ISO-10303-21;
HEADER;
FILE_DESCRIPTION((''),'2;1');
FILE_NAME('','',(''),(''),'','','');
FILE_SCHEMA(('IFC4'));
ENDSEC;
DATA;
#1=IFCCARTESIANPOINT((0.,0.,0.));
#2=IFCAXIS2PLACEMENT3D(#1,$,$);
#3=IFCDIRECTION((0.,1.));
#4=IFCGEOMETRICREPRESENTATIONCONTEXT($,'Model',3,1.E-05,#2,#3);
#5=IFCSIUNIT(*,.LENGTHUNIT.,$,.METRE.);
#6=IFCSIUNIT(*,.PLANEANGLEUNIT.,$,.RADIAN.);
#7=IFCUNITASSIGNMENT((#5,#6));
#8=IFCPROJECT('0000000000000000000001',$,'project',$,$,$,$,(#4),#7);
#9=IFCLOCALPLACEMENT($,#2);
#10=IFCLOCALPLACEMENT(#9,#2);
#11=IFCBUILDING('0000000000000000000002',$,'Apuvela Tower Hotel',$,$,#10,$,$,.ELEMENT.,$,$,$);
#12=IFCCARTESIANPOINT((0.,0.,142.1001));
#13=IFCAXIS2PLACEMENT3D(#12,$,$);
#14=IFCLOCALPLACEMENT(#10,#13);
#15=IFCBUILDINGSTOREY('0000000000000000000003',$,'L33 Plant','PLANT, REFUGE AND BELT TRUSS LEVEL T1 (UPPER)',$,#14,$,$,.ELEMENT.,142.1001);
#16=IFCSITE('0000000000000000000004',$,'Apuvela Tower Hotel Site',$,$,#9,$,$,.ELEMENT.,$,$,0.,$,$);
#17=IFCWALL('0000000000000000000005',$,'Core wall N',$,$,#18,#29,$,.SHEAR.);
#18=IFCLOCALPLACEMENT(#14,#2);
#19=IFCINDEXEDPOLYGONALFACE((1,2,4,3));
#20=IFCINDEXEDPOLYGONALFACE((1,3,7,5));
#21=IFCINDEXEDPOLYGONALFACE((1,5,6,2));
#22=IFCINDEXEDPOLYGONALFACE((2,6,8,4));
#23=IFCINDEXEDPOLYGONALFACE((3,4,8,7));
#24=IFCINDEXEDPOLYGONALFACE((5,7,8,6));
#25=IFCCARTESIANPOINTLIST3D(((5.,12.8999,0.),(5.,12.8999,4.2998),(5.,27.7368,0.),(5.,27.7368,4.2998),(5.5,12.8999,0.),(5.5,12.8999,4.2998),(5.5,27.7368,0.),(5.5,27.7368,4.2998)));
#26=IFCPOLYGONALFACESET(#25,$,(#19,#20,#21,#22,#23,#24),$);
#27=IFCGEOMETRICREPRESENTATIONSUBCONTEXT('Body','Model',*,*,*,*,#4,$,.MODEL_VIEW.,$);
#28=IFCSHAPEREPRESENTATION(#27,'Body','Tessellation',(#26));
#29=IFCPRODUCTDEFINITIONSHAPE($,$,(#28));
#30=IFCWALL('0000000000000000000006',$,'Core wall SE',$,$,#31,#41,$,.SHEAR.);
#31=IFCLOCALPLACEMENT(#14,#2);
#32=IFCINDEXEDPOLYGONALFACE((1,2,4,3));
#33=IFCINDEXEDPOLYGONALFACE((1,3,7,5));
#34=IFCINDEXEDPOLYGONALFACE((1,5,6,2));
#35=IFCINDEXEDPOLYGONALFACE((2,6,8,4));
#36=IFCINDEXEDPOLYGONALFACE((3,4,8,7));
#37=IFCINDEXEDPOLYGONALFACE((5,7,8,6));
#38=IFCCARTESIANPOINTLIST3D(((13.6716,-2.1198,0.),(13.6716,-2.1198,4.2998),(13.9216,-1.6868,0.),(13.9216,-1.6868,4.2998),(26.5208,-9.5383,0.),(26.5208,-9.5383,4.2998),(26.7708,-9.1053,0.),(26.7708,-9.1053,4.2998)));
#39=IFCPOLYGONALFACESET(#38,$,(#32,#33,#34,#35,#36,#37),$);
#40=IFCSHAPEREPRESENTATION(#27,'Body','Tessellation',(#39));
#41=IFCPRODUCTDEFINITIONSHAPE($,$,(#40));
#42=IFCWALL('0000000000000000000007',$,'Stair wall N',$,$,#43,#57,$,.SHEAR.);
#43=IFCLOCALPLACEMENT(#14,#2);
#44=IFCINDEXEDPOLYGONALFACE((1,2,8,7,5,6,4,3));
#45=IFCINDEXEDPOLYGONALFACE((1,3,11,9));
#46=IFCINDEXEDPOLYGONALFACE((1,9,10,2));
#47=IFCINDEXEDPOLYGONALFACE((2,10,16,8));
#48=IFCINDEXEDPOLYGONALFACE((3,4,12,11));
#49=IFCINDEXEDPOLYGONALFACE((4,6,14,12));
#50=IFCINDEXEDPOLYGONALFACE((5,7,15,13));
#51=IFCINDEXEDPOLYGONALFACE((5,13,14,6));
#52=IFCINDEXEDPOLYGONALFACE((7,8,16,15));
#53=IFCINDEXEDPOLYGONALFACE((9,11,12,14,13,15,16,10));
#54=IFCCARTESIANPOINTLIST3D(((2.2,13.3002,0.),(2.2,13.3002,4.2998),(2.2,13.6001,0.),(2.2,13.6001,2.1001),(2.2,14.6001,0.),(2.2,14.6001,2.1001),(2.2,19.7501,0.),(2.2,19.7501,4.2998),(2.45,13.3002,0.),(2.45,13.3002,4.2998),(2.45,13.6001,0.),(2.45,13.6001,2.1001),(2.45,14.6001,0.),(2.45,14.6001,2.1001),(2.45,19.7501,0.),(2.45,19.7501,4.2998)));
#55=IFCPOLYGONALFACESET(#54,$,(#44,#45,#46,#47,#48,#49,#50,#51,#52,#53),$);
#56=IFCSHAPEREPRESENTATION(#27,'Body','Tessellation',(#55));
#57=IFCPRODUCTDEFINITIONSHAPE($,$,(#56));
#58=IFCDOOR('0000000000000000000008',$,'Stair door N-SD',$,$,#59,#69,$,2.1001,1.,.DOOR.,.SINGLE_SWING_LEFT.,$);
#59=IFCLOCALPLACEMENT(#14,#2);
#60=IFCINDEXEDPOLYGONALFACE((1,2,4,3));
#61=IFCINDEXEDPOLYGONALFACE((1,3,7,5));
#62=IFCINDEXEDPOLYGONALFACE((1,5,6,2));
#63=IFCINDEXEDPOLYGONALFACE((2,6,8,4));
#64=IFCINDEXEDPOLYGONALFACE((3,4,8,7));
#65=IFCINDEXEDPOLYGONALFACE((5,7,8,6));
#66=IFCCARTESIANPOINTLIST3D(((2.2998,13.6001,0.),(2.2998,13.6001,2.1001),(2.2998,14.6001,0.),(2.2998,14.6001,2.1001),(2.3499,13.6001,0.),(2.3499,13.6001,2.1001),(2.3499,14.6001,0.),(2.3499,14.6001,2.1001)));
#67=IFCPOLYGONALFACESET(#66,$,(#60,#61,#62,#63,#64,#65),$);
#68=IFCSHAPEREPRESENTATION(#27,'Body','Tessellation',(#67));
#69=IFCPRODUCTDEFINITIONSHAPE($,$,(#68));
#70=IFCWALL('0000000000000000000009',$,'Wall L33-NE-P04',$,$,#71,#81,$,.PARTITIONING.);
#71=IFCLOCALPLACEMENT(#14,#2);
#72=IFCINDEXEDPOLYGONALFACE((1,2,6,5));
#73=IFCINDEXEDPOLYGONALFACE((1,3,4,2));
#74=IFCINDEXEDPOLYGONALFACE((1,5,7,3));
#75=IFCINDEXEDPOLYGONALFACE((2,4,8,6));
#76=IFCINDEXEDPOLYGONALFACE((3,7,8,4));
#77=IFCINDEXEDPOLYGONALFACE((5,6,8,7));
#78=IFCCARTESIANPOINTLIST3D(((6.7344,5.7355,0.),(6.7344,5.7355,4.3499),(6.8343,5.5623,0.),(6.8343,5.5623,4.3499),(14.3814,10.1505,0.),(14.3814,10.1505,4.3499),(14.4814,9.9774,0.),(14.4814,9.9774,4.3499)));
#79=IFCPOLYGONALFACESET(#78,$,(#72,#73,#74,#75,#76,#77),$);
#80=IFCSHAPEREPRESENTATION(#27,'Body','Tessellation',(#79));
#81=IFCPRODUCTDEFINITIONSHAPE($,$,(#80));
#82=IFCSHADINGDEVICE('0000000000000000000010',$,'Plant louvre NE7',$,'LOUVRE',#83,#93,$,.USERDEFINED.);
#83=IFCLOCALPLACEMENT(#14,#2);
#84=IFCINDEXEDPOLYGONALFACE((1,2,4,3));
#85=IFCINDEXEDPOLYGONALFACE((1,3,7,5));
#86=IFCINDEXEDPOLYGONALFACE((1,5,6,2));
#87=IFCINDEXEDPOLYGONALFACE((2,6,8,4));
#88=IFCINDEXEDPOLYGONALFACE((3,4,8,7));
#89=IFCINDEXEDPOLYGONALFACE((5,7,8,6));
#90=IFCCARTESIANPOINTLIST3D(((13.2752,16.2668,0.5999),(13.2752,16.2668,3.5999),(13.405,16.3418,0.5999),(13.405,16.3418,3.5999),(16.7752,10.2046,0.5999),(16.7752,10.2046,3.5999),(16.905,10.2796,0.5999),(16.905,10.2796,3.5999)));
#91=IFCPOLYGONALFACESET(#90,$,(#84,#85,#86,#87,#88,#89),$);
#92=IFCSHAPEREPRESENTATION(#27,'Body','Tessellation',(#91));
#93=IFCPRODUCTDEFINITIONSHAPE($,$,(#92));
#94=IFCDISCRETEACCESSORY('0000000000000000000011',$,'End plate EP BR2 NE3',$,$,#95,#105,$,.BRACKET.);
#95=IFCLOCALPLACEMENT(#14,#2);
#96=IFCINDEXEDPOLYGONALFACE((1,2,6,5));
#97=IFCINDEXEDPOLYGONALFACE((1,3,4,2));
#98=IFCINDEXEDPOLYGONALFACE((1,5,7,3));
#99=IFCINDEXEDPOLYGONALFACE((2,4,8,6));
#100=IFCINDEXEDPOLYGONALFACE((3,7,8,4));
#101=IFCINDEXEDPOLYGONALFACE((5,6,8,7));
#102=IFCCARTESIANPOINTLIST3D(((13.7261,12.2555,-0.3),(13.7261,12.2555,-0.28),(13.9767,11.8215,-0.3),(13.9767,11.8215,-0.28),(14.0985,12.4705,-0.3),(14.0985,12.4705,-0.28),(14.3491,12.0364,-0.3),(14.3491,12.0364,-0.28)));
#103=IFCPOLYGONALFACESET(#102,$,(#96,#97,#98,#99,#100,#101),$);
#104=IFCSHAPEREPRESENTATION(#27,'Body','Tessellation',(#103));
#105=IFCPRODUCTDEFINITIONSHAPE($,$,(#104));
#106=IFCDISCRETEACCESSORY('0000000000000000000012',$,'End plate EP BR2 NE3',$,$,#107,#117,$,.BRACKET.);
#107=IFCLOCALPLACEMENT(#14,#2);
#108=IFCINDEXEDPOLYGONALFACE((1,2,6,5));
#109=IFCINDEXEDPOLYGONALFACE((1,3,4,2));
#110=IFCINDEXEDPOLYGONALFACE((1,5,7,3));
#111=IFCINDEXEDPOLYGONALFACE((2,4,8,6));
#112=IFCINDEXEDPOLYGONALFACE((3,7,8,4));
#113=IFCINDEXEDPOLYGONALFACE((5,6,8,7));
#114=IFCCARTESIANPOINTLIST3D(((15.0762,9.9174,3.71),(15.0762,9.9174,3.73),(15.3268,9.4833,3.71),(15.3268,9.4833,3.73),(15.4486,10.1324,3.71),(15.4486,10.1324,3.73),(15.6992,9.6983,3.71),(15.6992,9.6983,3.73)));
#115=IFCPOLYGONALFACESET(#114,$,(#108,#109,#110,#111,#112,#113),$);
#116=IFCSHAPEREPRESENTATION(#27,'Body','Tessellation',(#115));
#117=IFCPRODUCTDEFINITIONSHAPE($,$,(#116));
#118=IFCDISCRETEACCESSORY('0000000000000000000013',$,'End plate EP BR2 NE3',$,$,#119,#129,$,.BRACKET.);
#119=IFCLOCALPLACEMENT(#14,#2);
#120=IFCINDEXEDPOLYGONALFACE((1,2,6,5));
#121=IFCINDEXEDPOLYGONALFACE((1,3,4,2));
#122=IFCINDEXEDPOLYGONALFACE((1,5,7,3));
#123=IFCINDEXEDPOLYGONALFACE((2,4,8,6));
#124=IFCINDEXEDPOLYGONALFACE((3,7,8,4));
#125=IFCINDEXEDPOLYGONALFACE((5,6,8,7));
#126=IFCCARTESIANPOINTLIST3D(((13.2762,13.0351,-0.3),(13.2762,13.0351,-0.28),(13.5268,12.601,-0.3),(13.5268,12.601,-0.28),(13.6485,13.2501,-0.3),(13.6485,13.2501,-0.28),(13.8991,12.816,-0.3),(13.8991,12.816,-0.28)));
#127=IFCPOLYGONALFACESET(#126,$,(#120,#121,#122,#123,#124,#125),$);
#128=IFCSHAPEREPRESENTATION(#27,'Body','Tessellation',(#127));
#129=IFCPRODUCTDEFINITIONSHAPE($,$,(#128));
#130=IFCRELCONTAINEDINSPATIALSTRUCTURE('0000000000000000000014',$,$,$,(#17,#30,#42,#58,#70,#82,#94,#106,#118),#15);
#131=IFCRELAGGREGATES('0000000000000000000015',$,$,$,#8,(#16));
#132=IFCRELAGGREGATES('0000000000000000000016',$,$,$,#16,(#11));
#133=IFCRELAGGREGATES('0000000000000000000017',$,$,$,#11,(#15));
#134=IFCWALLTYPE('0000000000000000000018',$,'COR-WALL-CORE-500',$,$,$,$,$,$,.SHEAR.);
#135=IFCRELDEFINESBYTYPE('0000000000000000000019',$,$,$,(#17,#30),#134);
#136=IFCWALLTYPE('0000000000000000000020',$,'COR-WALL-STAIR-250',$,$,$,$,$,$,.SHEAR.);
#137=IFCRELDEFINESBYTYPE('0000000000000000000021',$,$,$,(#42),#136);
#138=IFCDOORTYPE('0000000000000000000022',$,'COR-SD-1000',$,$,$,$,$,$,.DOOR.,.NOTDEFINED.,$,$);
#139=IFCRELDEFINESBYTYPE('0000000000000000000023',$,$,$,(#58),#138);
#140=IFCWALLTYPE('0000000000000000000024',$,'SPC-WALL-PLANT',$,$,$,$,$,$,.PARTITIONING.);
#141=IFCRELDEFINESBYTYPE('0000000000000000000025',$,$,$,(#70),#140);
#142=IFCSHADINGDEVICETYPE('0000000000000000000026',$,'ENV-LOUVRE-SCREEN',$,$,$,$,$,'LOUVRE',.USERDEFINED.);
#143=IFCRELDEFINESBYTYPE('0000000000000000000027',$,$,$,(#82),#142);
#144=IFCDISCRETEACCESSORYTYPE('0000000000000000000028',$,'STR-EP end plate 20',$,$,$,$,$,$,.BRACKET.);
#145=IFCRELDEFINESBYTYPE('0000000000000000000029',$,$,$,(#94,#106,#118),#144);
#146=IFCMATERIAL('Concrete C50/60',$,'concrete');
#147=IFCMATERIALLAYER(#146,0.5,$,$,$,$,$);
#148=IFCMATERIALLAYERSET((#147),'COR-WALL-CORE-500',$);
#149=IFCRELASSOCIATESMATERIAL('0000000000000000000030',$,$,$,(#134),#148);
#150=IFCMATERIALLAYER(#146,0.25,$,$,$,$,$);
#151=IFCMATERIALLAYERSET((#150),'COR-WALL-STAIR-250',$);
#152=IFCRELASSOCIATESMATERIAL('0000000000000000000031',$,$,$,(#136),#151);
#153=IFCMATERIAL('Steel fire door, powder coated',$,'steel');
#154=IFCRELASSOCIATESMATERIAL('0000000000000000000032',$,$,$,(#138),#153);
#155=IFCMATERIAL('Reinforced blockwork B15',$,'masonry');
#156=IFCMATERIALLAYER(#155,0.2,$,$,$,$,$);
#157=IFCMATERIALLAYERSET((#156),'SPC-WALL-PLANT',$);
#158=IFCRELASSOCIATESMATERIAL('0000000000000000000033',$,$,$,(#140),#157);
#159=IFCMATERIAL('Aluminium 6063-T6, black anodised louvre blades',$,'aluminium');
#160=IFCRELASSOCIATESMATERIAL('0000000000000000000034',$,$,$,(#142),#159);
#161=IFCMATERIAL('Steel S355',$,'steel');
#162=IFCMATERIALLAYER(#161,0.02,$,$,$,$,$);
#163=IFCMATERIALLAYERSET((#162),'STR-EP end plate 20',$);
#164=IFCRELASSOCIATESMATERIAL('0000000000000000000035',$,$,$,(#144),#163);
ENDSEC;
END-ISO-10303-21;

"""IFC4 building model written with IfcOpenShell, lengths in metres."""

from ifc_helpers import new_model, si_unit, direction, frame, frame_2d, origin, origin_2d, place, context, subcontext, project, spatial, rectangle, extrude, material, layer, layer_set, type_object, element, fill, save


model = new_model("IFC4")

# Units and contexts
model_context = context("Model", 3, precision=1e-05, world=origin(), true_north=direction((0.0, 1.0)))
body_context = subcontext(model_context, "Body", "Model", "MODEL_VIEW")
ifc_project = project(units=[si_unit("LENGTHUNIT", "METRE"), si_unit("PLANEANGLEUNIT", "RADIAN")], contexts=[model_context])

# Site, building, storey
site_placement = place(None, origin())
site = spatial("IfcSite", under=ifc_project, at=site_placement, Name="Apuvela Tower Hotel Site", CompositionType="ELEMENT", RefElevation=0.0)
building_placement = place(site_placement, origin())
building = spatial("IfcBuilding", under=site, at=building_placement, Name="Apuvela Tower Hotel", CompositionType="ELEMENT")
storey_placement = place(building_placement, frame((0.0, 0.0, 142.1001)))
storey = spatial("IfcBuildingStorey", under=building, at=storey_placement, Name="L33 Plant", Description="PLANT, REFUGE AND BELT TRUSS LEVEL T1 (UPPER)", CompositionType="ELEMENT", Elevation=142.1001)

# Shared definitions
ifc_material_1 = material(Name="Steel S355", Category="steel")

# Shared definitions
ifc_material_2 = material(Name="Concrete C50/60", Category="concrete")

# Shared definitions
ifc_material_3 = material(Name="Steel fire door, powder coated", Category="steel")

# Walls
ifc_layer_1 = layer(ifc_material_2, 0.5)
ifc_layer_set_1 = layer_set([ifc_layer_1], Name="COR-WALL-CORE-500")
wall_type_1 = type_object("IfcWallType", Name="COR-WALL-CORE-500", PredefinedType="SHEAR", material=ifc_layer_set_1)
for number, where, z_axis, x_axis, name in (
    (1, (5.25, 12.8999, 0.0), (0.0, 0.0, 1.0), (0.0, 1.0, 0.0), "Core wall N"),
    (2, (13.7966, -1.9033, 0.0), (0.0, 0.0, 1.0), (0.866025, -0.500001, 0.0), "Core wall SE"),
):
    element("IfcWall", number, at=place(storey_placement, frame(where, z_axis=z_axis, x_axis=x_axis)), inside=storey, type_object=wall_type_1, Name=name, PredefinedType="SHEAR", context=body_context, shape_type="SweptSolid", body=[
        extrude(rectangle(XDim=14.8369, YDim=0.5, at=frame_2d((7.4185, 0.0))), origin(), (0.0, 0.0, 1.0), 4.2998),
    ])

# Wall, opening, door
ifc_layer_2 = layer(ifc_material_2, 0.25)
ifc_layer_set_2 = layer_set([ifc_layer_2], Name="COR-WALL-STAIR-250")
wall_type_2 = type_object("IfcWallType", Name="COR-WALL-STAIR-250", PredefinedType="SHEAR", material=ifc_layer_set_2)
wall_1_placement = place(storey_placement, frame((2.325, 13.3, 0.0), z_axis=(0.0, 0.0, 1.0), x_axis=(0.0, 1.0, 0.0)))
wall_1 = element("IfcWall", 3, at=wall_1_placement, inside=storey, type_object=wall_type_2, Name="Stair wall N", PredefinedType="SHEAR", context=body_context, shape_type="SweptSolid", body=[
    extrude(rectangle(XDim=6.45, YDim=0.25, at=frame_2d((3.2251, 0.0))), origin(), (0.0, 0.0, 1.0), 4.2998),
])
opening_1_placement = place(wall_1_placement, frame((0.3, 0.0, 0.0)))
opening_1 = element("IfcOpeningElement", 4, at=opening_1_placement, cuts=wall_1, PredefinedType="OPENING", context=body_context, shape_type="SweptSolid", body=[
    extrude(rectangle(XDim=1.0, YDim=2.1001, at=frame_2d((0.5, 1.05))), frame((0.0, 0.135, 0.0), z_axis=(0.0, -1.0, 0.0), x_axis=(1.0, 0.0, 0.0)), (0.0, 0.0, 1.0), 0.27),
])
door_type_1 = type_object("IfcDoorType", Name="COR-SD-1000", OperationType="NOTDEFINED", PredefinedType="DOOR", material=ifc_material_3)
door_1_placement = place(opening_1_placement, frame((1.0, 0.0, 0.0), z_axis=(0.0, 0.0, 1.0), x_axis=(-1.0, 0.0, 0.0)))
door_1 = element("IfcDoor", 5, at=door_1_placement, inside=storey, type_object=door_type_1, Name="Stair door N-SD", OperationType="SINGLE_SWING_LEFT", OverallHeight=2.1001, OverallWidth=1.0, PredefinedType="DOOR", context=body_context, shape_type="SweptSolid", body=[
    extrude(rectangle(XDim=1.0, YDim=2.1001, at=frame_2d((0.5, 1.05))), frame((0.0, 0.0249, 0.0), z_axis=(0.0, -1.0, 0.0), x_axis=(1.0, 0.0, 0.0)), (0.0, 0.0, 1.0), 0.05),
])
fill(opening_1, door_1)

# Wall
ifc_material_4 = material(Name="Reinforced blockwork B15", Category="masonry")
ifc_layer_3 = layer(ifc_material_4, 0.2)
ifc_layer_set_3 = layer_set([ifc_layer_3], Name="SPC-WALL-PLANT")
wall_type_3 = type_object("IfcWallType", Name="SPC-WALL-PLANT", PredefinedType="PARTITIONING", material=ifc_layer_set_3)
wall_2_placement = place(storey_placement, frame((14.4314, 10.064, 0.0), z_axis=(0.0, 0.0, 1.0), x_axis=(-0.866023, -0.500005, 0.0)))
element("IfcWall", 6, at=wall_2_placement, inside=storey, type_object=wall_type_3, Name="Wall L33-NE-P04", PredefinedType="PARTITIONING", context=body_context, shape_type="SweptSolid", body=[
    extrude(rectangle(XDim=8.8301, YDim=0.2, at=frame_2d((4.415, 0.0))), origin(), (0.0, 0.0, 1.0), 4.3499),
])

# Shading device
ifc_material_5 = material(Name="Aluminium 6063-T6, black anodised louvre blades", Category="aluminium")
shading_device_type = type_object("IfcShadingDeviceType", Name="ENV-LOUVRE-SCREEN", ElementType="LOUVRE", PredefinedType="USERDEFINED", material=ifc_material_5)
shading_device_placement = place(storey_placement, frame((15.0901, 13.2732, 0.5999), z_axis=(0.0, 0.0, 1.0), x_axis=(-0.5, 0.866025, 0.0)))
element("IfcShadingDevice", 7, at=shading_device_placement, inside=storey, type_object=shading_device_type, Name="Plant louvre NE7", ObjectType="LOUVRE", PredefinedType="USERDEFINED", context=body_context, shape_type="SweptSolid", body=[
    extrude(rectangle(XDim=7.0, YDim=0.1499, at=origin_2d()), origin(), (0.0, 0.0, 1.0), 3.0),
])

# Discrete accessories
ifc_layer_4 = layer(ifc_material_1, 0.02)
ifc_layer_set_4 = layer_set([ifc_layer_4], Name="STR-EP end plate 20")
discrete_accessory_type = type_object("IfcDiscreteAccessoryType", Name="STR-EP end plate 20", PredefinedType="BRACKET", material=ifc_layer_set_4)
for number, where, z_axis, x_axis, name in (
    (8, (14.0376, 12.146, -0.3), (0.0, 0.0, 1.0), (0.5, -0.866025, 0.0), "End plate EP BR2 NE3"),
    (9, (15.3877, 9.8079, 3.71), (0.0, 0.0, 1.0), (0.5, -0.866025, 0.0), "End plate EP BR2 NE3"),
    (10, (13.5876, 12.9255, -0.3), (0.0, 0.0, 1.0), (-0.5, 0.866025, 0.0), "End plate EP BR2 NE3"),
):
    element("IfcDiscreteAccessory", number, at=place(storey_placement, frame(where, z_axis=z_axis, x_axis=x_axis)), inside=storey, type_object=discrete_accessory_type, Name=name, PredefinedType="BRACKET", context=body_context, shape_type="SweptSolid", body=[
        extrude(rectangle(XDim=0.5012, YDim=0.4299, at=origin_2d()), origin(), (0.0, 0.0, 1.0), 0.02),
    ])

save(model, "model.ifc")
